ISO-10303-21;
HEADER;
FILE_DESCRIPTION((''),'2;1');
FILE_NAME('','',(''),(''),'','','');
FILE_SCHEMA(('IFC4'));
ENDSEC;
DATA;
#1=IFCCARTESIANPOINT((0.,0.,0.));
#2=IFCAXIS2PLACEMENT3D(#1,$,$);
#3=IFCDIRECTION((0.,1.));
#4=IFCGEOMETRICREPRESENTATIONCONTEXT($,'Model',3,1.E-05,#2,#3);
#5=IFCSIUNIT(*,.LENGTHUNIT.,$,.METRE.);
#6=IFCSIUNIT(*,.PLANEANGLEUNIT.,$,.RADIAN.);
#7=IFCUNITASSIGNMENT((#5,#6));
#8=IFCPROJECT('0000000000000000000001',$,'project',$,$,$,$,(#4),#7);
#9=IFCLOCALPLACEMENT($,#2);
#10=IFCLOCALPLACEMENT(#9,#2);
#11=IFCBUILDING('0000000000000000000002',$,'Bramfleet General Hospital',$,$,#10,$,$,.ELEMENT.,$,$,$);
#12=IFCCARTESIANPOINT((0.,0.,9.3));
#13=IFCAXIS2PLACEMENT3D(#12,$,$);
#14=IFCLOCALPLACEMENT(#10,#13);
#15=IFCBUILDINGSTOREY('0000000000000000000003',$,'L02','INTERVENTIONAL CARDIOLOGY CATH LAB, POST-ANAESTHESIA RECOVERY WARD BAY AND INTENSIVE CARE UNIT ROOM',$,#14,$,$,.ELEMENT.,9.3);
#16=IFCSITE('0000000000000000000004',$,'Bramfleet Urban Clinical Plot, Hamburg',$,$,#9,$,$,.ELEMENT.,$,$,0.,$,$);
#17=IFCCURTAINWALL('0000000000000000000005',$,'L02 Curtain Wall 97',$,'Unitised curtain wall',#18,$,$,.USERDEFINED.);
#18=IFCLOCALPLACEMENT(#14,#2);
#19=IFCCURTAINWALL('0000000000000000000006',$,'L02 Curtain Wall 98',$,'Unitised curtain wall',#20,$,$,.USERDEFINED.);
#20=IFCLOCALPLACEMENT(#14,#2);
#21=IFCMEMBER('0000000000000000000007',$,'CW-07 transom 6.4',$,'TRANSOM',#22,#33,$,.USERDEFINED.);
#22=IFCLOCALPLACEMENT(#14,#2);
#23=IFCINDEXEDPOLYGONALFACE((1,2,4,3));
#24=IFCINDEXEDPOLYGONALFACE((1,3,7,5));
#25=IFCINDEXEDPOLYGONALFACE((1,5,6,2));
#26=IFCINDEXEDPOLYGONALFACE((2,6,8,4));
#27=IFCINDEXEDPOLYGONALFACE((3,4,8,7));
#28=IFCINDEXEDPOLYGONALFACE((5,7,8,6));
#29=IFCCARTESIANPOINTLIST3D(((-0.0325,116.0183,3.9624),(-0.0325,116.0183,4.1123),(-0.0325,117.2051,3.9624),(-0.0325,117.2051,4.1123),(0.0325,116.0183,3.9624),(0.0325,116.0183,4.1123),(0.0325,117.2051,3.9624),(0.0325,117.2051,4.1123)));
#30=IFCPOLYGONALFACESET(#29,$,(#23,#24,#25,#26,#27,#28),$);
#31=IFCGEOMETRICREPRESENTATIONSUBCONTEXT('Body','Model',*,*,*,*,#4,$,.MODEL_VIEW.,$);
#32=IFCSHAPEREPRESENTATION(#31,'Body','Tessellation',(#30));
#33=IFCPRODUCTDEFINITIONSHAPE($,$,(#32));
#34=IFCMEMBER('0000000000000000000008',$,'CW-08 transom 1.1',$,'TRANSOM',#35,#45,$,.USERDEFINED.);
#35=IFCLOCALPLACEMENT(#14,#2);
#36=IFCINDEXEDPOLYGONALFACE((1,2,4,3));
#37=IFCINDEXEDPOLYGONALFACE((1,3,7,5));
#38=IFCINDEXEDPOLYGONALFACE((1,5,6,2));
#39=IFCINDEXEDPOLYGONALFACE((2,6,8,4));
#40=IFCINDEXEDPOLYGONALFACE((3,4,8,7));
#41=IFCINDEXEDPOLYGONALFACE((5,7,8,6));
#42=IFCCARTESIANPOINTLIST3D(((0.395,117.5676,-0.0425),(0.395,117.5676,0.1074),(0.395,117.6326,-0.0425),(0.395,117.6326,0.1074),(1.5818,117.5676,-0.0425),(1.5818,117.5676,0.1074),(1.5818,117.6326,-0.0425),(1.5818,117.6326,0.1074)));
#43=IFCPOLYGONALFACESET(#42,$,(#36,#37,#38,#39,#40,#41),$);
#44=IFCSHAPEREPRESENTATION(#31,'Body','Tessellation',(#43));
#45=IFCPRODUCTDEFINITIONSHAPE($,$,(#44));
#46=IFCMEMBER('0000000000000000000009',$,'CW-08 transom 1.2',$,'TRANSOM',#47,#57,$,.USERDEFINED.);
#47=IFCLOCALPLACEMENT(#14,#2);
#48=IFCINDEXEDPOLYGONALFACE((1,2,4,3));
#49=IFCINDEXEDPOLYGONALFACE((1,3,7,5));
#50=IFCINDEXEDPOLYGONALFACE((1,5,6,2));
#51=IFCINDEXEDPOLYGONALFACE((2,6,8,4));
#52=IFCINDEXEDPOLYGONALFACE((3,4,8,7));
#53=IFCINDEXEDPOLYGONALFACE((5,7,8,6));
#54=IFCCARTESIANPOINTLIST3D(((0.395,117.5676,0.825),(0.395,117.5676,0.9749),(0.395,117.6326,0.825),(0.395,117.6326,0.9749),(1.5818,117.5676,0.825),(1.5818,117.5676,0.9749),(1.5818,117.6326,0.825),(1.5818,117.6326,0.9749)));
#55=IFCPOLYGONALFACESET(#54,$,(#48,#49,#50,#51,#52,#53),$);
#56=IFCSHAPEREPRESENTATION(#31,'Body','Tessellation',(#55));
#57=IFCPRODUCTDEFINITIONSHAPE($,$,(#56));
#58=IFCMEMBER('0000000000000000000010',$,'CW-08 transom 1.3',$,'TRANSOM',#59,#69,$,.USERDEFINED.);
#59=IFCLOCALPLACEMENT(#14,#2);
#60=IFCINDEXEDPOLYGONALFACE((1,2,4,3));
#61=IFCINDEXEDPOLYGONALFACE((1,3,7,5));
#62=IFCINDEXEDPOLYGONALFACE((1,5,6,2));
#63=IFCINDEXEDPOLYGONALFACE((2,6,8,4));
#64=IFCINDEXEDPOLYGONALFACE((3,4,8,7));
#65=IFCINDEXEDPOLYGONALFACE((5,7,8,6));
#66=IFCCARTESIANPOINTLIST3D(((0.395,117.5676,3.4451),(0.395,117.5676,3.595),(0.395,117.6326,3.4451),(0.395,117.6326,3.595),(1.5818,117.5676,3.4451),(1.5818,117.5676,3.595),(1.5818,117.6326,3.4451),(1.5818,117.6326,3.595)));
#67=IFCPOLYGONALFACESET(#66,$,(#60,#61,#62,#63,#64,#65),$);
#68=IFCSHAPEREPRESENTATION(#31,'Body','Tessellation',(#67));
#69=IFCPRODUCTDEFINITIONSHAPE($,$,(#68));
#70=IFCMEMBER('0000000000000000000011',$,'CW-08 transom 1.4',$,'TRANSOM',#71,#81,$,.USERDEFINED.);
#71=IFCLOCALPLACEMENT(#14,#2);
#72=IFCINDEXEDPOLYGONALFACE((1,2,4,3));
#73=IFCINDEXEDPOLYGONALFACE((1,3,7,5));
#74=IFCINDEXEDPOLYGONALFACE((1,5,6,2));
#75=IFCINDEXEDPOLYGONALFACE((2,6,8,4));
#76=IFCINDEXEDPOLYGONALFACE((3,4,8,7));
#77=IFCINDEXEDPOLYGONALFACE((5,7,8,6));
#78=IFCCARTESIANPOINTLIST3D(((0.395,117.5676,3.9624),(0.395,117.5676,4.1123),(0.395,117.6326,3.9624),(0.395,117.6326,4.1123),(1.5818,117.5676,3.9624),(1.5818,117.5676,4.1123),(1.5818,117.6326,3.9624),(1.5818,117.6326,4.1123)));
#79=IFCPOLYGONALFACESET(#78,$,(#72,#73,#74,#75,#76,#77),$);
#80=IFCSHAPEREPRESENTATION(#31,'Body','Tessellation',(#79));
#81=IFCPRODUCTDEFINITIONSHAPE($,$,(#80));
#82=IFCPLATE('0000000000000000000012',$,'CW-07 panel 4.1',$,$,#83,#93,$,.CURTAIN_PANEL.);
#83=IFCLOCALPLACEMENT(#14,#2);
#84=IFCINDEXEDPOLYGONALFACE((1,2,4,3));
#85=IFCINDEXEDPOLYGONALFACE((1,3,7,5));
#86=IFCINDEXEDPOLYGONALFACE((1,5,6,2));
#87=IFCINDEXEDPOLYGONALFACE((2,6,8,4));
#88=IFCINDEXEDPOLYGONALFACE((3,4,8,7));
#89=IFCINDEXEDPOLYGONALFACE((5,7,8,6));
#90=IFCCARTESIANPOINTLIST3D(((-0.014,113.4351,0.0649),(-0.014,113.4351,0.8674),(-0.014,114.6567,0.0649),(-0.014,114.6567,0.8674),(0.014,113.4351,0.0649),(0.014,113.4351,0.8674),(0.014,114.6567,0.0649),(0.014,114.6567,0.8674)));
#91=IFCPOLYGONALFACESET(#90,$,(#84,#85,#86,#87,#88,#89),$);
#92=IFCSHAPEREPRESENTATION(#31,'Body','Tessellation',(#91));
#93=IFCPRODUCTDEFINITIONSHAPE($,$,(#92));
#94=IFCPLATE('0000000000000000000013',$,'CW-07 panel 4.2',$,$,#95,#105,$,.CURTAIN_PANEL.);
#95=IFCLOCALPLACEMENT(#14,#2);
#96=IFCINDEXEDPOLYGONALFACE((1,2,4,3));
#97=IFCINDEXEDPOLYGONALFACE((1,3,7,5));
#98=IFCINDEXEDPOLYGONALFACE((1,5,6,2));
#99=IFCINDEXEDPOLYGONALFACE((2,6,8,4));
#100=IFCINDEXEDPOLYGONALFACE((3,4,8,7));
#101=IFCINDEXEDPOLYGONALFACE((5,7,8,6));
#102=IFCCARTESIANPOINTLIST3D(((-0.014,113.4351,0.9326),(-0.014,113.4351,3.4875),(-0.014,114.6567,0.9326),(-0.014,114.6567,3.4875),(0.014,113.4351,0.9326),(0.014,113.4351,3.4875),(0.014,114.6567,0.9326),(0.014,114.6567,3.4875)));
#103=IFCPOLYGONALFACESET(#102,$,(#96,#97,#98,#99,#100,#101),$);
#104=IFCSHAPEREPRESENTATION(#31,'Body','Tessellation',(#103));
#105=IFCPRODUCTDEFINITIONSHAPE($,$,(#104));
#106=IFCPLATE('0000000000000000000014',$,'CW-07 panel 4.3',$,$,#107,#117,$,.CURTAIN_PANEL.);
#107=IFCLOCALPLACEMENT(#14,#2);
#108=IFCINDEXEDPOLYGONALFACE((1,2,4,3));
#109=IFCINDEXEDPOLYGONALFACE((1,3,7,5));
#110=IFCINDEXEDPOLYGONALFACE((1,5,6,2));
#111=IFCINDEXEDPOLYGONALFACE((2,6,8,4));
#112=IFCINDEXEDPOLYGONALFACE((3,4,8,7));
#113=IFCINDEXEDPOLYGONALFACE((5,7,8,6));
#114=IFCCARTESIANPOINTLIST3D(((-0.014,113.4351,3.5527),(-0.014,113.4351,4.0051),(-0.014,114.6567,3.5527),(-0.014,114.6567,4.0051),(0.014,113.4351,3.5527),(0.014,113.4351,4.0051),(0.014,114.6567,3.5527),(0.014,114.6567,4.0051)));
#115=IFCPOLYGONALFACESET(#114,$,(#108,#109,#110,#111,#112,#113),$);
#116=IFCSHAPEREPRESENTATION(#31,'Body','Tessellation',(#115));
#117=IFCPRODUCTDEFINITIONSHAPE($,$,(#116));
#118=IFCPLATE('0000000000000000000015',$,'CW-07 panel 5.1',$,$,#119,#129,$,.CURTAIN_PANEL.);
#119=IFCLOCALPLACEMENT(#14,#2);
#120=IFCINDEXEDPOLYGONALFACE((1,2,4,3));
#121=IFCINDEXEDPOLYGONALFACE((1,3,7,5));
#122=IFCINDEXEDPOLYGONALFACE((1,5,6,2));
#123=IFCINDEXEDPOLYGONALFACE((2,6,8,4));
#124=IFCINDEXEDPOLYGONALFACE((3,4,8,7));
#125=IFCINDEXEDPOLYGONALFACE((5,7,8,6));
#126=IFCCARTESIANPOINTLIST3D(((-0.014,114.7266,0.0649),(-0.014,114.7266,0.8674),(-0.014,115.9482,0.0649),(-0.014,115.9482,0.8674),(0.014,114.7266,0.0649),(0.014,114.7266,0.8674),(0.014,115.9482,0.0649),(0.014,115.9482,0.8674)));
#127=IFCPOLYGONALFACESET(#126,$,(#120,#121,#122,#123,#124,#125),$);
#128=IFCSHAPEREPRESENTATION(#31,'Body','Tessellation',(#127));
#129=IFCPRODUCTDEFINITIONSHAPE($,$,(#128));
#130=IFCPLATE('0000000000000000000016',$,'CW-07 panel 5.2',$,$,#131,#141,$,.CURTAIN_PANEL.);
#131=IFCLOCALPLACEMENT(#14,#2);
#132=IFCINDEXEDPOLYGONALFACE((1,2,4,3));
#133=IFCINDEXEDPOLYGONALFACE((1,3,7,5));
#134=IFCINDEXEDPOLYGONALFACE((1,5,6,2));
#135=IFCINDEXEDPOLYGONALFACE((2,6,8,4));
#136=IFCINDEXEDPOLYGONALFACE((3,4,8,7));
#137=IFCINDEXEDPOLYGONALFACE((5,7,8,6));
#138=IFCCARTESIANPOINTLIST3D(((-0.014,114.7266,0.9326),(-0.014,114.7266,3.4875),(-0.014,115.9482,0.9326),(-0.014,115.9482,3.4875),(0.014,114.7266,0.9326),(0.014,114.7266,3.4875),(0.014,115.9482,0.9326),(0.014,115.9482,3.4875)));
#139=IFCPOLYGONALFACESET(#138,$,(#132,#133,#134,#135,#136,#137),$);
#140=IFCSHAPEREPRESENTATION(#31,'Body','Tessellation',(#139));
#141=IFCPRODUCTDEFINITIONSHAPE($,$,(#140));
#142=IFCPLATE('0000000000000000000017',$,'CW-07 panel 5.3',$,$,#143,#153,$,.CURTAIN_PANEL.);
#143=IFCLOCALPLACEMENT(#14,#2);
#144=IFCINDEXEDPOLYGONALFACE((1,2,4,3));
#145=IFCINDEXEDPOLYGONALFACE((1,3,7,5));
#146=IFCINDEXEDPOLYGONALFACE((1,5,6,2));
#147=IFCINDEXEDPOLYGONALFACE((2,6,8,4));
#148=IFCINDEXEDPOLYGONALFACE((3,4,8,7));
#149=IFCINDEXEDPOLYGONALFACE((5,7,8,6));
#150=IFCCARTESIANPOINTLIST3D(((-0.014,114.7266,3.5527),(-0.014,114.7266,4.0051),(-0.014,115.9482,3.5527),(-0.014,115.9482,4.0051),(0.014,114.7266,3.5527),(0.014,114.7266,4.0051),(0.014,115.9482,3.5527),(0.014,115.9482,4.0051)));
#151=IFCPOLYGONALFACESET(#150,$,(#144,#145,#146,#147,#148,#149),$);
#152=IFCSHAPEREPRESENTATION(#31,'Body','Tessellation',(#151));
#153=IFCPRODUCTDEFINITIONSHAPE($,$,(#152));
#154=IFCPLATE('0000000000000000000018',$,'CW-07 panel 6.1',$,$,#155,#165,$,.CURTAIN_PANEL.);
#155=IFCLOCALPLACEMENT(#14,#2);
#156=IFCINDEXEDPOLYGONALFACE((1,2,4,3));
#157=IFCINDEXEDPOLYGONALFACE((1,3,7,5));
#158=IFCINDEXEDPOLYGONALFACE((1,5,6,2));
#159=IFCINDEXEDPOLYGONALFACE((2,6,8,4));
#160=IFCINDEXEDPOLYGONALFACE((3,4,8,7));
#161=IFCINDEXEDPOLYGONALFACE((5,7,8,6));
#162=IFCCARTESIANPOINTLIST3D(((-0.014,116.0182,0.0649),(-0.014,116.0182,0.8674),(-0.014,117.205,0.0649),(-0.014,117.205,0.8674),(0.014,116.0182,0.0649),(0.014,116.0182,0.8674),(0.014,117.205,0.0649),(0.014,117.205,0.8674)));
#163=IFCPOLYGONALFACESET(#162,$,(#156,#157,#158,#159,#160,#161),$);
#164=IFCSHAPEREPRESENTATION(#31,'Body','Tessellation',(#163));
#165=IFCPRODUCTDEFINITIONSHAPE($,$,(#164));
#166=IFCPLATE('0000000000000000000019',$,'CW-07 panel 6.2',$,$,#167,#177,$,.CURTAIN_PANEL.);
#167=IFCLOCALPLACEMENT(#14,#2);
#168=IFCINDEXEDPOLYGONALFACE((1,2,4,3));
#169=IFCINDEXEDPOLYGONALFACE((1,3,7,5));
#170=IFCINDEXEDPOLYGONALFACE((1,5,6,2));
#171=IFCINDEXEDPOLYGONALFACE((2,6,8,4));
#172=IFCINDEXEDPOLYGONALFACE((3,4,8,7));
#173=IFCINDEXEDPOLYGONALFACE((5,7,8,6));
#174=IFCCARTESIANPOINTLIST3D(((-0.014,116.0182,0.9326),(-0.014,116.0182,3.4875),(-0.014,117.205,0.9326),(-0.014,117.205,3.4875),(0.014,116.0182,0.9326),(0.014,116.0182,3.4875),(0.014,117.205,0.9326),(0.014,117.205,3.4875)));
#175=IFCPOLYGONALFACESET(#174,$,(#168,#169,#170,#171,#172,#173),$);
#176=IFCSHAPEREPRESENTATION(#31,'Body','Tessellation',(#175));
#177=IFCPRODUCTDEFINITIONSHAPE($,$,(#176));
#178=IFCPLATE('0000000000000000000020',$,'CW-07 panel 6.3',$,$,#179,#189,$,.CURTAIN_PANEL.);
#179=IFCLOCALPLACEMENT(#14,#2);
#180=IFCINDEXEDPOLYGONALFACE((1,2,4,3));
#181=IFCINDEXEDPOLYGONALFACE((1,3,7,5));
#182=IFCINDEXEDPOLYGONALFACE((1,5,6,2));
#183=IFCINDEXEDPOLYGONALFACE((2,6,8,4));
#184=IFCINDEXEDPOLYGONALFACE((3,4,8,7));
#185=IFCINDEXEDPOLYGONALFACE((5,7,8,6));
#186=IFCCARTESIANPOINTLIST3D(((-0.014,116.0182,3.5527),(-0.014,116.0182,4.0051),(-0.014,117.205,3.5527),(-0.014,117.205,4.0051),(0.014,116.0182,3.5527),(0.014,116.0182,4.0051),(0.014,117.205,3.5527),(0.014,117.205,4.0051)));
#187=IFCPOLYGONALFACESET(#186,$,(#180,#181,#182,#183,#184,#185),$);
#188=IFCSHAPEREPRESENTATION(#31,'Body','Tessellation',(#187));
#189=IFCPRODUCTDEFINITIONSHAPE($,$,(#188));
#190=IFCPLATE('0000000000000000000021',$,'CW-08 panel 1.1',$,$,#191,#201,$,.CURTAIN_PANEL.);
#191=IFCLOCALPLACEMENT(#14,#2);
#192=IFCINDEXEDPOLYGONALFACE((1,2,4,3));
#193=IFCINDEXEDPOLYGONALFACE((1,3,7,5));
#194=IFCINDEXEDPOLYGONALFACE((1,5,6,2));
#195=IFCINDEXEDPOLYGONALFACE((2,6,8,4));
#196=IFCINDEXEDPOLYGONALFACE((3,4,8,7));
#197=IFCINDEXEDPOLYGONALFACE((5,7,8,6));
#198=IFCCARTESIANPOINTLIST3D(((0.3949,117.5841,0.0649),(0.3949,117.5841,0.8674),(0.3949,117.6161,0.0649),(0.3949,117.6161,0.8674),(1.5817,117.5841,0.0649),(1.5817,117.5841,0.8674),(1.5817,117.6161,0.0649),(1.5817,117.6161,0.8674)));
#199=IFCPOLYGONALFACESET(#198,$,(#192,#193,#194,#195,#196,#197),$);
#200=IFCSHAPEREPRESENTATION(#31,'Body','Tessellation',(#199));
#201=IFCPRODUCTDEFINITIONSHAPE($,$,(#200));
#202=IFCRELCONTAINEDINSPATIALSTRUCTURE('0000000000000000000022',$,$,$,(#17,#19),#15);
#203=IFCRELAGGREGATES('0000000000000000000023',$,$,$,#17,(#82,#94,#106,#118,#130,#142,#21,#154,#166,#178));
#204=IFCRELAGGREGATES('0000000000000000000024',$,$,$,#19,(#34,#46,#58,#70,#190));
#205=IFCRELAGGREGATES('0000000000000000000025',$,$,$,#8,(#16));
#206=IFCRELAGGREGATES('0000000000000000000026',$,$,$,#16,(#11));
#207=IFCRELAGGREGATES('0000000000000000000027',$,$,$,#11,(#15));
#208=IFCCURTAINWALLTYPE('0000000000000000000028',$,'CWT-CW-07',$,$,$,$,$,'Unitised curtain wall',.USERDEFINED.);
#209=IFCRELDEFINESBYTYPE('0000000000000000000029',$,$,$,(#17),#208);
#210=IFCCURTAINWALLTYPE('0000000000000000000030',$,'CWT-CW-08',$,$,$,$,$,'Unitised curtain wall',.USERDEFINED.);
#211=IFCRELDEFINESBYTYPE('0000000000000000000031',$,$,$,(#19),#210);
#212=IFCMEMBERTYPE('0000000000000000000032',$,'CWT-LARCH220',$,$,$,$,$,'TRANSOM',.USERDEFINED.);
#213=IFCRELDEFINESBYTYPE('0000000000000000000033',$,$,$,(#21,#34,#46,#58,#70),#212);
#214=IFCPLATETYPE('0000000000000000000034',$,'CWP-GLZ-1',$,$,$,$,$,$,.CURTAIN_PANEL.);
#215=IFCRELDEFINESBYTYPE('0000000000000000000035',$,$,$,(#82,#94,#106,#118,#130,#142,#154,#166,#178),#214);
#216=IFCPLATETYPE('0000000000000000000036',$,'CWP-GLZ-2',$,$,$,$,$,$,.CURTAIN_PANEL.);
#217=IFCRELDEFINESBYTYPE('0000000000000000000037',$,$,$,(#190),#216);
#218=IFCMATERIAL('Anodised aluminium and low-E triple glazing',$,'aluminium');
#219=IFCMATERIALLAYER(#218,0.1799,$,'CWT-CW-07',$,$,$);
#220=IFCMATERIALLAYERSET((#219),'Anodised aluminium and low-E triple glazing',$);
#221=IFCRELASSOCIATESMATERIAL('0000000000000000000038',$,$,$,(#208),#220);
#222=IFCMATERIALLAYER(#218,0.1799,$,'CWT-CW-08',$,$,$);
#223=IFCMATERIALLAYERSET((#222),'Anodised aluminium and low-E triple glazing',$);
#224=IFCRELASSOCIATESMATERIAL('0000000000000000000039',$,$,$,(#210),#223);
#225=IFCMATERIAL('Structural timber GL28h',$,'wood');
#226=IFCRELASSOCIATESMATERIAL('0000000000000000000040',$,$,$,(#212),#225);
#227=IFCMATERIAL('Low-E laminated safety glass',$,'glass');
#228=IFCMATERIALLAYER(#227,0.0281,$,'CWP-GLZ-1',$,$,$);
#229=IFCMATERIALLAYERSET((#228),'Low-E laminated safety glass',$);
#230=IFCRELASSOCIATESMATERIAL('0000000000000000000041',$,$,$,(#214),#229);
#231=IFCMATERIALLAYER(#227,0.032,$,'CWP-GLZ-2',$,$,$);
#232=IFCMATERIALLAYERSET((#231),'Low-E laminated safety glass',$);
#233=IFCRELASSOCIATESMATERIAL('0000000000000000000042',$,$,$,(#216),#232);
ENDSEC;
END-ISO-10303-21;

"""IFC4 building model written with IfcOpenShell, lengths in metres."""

from ifc_helpers import new_model, si_unit, direction, frame, origin, origin_2d, place, context, subcontext, project, spatial, rectangle, extrude, material, layer, layer_set, material_profile, profile_set, type_object, element, aggregate, save


model = new_model("IFC4")

# Units and contexts
model_context = context("Model", 3, precision=1e-05, world=origin(), true_north=direction((0.0, 1.0)))
body_context = subcontext(model_context, "Body", "Model", "MODEL_VIEW")
ifc_project = project(units=[si_unit("LENGTHUNIT", "METRE"), si_unit("PLANEANGLEUNIT", "RADIAN")], contexts=[model_context])

# Site, building, storey
site_placement = place(None, origin())
site = spatial("IfcSite", under=ifc_project, at=site_placement, Name="Bramfleet Urban Clinical Plot, Hamburg", CompositionType="ELEMENT", RefElevation=0.0)
building_placement = place(site_placement, origin())
building = spatial("IfcBuilding", under=site, at=building_placement, Name="Bramfleet General Hospital", CompositionType="ELEMENT")
storey_placement = place(building_placement, frame((0.0, 0.0, 9.3)))
storey = spatial("IfcBuildingStorey", under=building, at=storey_placement, Name="L02", Description="INTERVENTIONAL CARDIOLOGY CATH LAB, POST-ANAESTHESIA RECOVERY WARD BAY AND INTENSIVE CARE UNIT ROOM", CompositionType="ELEMENT", Elevation=9.3)

# Curtain wall
ifc_material_1 = material(Name="Anodised aluminium and low-E triple glazing", Category="aluminium")
ifc_layer_1 = layer(ifc_material_1, 0.1799, Name="CWT-CW-07")
ifc_layer_set_1 = layer_set([ifc_layer_1], Name="Anodised aluminium and low-E triple glazing")
curtain_wall_type_1 = type_object("IfcCurtainWallType", Name="CWT-CW-07", ElementType="Unitised curtain wall", PredefinedType="USERDEFINED", material=ifc_layer_set_1)
curtain_wall_1_placement = place(storey_placement, origin())
curtain_wall_1 = element("IfcCurtainWall", 1, at=curtain_wall_1_placement, inside=storey, type_object=curtain_wall_type_1, Name="L02 Curtain Wall 97", ObjectType="Unitised curtain wall", PredefinedType="USERDEFINED")
ifc_material_2 = material(Name="Structural timber GL28h", Category="wood")

# Curtain wall
ifc_layer_2 = layer(ifc_material_1, 0.1799, Name="CWT-CW-08")
ifc_layer_set_2 = layer_set([ifc_layer_2], Name="Anodised aluminium and low-E triple glazing")
curtain_wall_type_2 = type_object("IfcCurtainWallType", Name="CWT-CW-08", ElementType="Unitised curtain wall", PredefinedType="USERDEFINED", material=ifc_layer_set_2)
curtain_wall_2_placement = place(storey_placement, origin())
curtain_wall_2 = element("IfcCurtainWall", 2, at=curtain_wall_2_placement, inside=storey, type_object=curtain_wall_type_2, Name="L02 Curtain Wall 98", ObjectType="Unitised curtain wall", PredefinedType="USERDEFINED")

# Members
ifc_material_profile_1 = material_profile(ifc_material_2, rectangle(XDim=0.0649, YDim=0.1499, at=origin_2d()), Name="LARCH 150x65")
ifc_profile_set_1 = profile_set([ifc_material_profile_1], Name="Structural timber GL28h")
member_type_1 = type_object("IfcMemberType", Name="CWT-LARCH220", ElementType="TRANSOM", PredefinedType="USERDEFINED", material=ifc_profile_set_1)
member_1_placement = place(storey_placement, frame((0.0, 116.0183, 4.0374), z_axis=(0.0, 1.0, 0.0), x_axis=(-1.0, 0.0, 0.0)))
member_1 = element("IfcMember", 3, at=member_1_placement, type_object=member_type_1, Name="CW-07 transom 6.4", ObjectType="TRANSOM", PredefinedType="USERDEFINED", context=body_context, shape_type="SweptSolid", body=[
    extrude(rectangle(XDim=0.0649, YDim=0.1499, at=origin_2d()), origin(), (0.0, 0.0, 1.0), 1.1868),
])
member_2_placement = place(storey_placement, frame((0.395, 117.6001, 0.0325), z_axis=(1.0, 0.0, 0.0), x_axis=(0.0, 1.0, 0.0)))
member_2 = element("IfcMember", 4, at=member_2_placement, type_object=member_type_1, Name="CW-08 transom 1.1", ObjectType="TRANSOM", PredefinedType="USERDEFINED", context=body_context, shape_type="SweptSolid", body=[
    extrude(rectangle(XDim=0.0649, YDim=0.1499, at=origin_2d()), origin(), (0.0, 0.0, 1.0), 1.1868),
])
member_3_placement = place(storey_placement, frame((0.395, 117.6001, 0.8999), z_axis=(1.0, 0.0, 0.0), x_axis=(0.0, 1.0, 0.0)))
member_3 = element("IfcMember", 5, at=member_3_placement, type_object=member_type_1, Name="CW-08 transom 1.2", ObjectType="TRANSOM", PredefinedType="USERDEFINED", context=body_context, shape_type="SweptSolid", body=[
    extrude(rectangle(XDim=0.0649, YDim=0.1499, at=origin_2d()), origin(), (0.0, 0.0, 1.0), 1.1868),
])
member_4_placement = place(storey_placement, frame((0.395, 117.6001, 3.52), z_axis=(1.0, 0.0, 0.0), x_axis=(0.0, 1.0, 0.0)))
member_4 = element("IfcMember", 6, at=member_4_placement, type_object=member_type_1, Name="CW-08 transom 1.3", ObjectType="TRANSOM", PredefinedType="USERDEFINED", context=body_context, shape_type="SweptSolid", body=[
    extrude(rectangle(XDim=0.0649, YDim=0.1499, at=origin_2d()), origin(), (0.0, 0.0, 1.0), 1.1868),
])
member_5_placement = place(storey_placement, frame((0.395, 117.6001, 4.0374), z_axis=(1.0, 0.0, 0.0), x_axis=(0.0, 1.0, 0.0)))
member_5 = element("IfcMember", 7, at=member_5_placement, type_object=member_type_1, Name="CW-08 transom 1.4", ObjectType="TRANSOM", PredefinedType="USERDEFINED", context=body_context, shape_type="SweptSolid", body=[
    extrude(rectangle(XDim=0.0649, YDim=0.1499, at=origin_2d()), origin(), (0.0, 0.0, 1.0), 1.1868),
])

# Plates
ifc_material_3 = material(Name="Low-E laminated safety glass", Category="glass")
ifc_layer_3 = layer(ifc_material_3, 0.0281, Name="CWP-GLZ-1")
ifc_layer_set_3 = layer_set([ifc_layer_3], Name="Low-E laminated safety glass")
plate_type_1 = type_object("IfcPlateType", Name="CWP-GLZ-1", PredefinedType="CURTAIN_PANEL", material=ifc_layer_set_3)
plate_1_placement = place(storey_placement, frame((0.0, 114.0459, 0.0649), z_axis=(0.0, 0.0, 1.0), x_axis=(0.0, 1.0, 0.0)))
plate_1 = element("IfcPlate", 8, at=plate_1_placement, type_object=plate_type_1, Name="CW-07 panel 4.1", PredefinedType="CURTAIN_PANEL", context=body_context, shape_type="SweptSolid", body=[
    extrude(rectangle(XDim=1.2217, YDim=0.0281, at=origin_2d()), origin(), (0.0, 0.0, 1.0), 0.8025),
])
plate_2_placement = place(storey_placement, frame((0.0, 114.0459, 0.9326), z_axis=(0.0, 0.0, 1.0), x_axis=(0.0, 1.0, 0.0)))
plate_2 = element("IfcPlate", 9, at=plate_2_placement, type_object=plate_type_1, Name="CW-07 panel 4.2", PredefinedType="CURTAIN_PANEL", context=body_context, shape_type="SweptSolid", body=[
    extrude(rectangle(XDim=1.2217, YDim=0.0281, at=origin_2d()), origin(), (0.0, 0.0, 1.0), 2.5549),
])
plate_3_placement = place(storey_placement, frame((0.0, 114.0459, 3.5527), z_axis=(0.0, 0.0, 1.0), x_axis=(0.0, 1.0, 0.0)))
plate_3 = element("IfcPlate", 10, at=plate_3_placement, type_object=plate_type_1, Name="CW-07 panel 4.3", PredefinedType="CURTAIN_PANEL", context=body_context, shape_type="SweptSolid", body=[
    extrude(rectangle(XDim=1.2217, YDim=0.0281, at=origin_2d()), origin(), (0.0, 0.0, 1.0), 0.4524),
])
plate_4_placement = place(storey_placement, frame((0.0, 115.3374, 0.0649), z_axis=(0.0, 0.0, 1.0), x_axis=(0.0, 1.0, 0.0)))
plate_4 = element("IfcPlate", 11, at=plate_4_placement, type_object=plate_type_1, Name="CW-07 panel 5.1", PredefinedType="CURTAIN_PANEL", context=body_context, shape_type="SweptSolid", body=[
    extrude(rectangle(XDim=1.2217, YDim=0.0281, at=origin_2d()), origin(), (0.0, 0.0, 1.0), 0.8025),
])
plate_5_placement = place(storey_placement, frame((0.0, 115.3374, 0.9326), z_axis=(0.0, 0.0, 1.0), x_axis=(0.0, 1.0, 0.0)))
plate_5 = element("IfcPlate", 12, at=plate_5_placement, type_object=plate_type_1, Name="CW-07 panel 5.2", PredefinedType="CURTAIN_PANEL", context=body_context, shape_type="SweptSolid", body=[
    extrude(rectangle(XDim=1.2217, YDim=0.0281, at=origin_2d()), origin(), (0.0, 0.0, 1.0), 2.5549),
])
plate_6_placement = place(storey_placement, frame((0.0, 115.3374, 3.5527), z_axis=(0.0, 0.0, 1.0), x_axis=(0.0, 1.0, 0.0)))
plate_6 = element("IfcPlate", 13, at=plate_6_placement, type_object=plate_type_1, Name="CW-07 panel 5.3", PredefinedType="CURTAIN_PANEL", context=body_context, shape_type="SweptSolid", body=[
    extrude(rectangle(XDim=1.2217, YDim=0.0281, at=origin_2d()), origin(), (0.0, 0.0, 1.0), 0.4524),
])
plate_7_placement = place(storey_placement, frame((0.0, 116.6116, 0.0649), z_axis=(0.0, 0.0, 1.0), x_axis=(0.0, 1.0, 0.0)))
plate_7 = element("IfcPlate", 14, at=plate_7_placement, type_object=plate_type_1, Name="CW-07 panel 6.1", PredefinedType="CURTAIN_PANEL", context=body_context, shape_type="SweptSolid", body=[
    extrude(rectangle(XDim=1.1868, YDim=0.0281, at=origin_2d()), origin(), (0.0, 0.0, 1.0), 0.8025),
])
plate_8_placement = place(storey_placement, frame((0.0, 116.6116, 0.9326), z_axis=(0.0, 0.0, 1.0), x_axis=(0.0, 1.0, 0.0)))
plate_8 = element("IfcPlate", 15, at=plate_8_placement, type_object=plate_type_1, Name="CW-07 panel 6.2", PredefinedType="CURTAIN_PANEL", context=body_context, shape_type="SweptSolid", body=[
    extrude(rectangle(XDim=1.1868, YDim=0.0281, at=origin_2d()), origin(), (0.0, 0.0, 1.0), 2.5549),
])
plate_9_placement = place(storey_placement, frame((0.0, 116.6116, 3.5527), z_axis=(0.0, 0.0, 1.0), x_axis=(0.0, 1.0, 0.0)))
plate_9 = element("IfcPlate", 16, at=plate_9_placement, type_object=plate_type_1, Name="CW-07 panel 6.3", PredefinedType="CURTAIN_PANEL", context=body_context, shape_type="SweptSolid", body=[
    extrude(rectangle(XDim=1.1868, YDim=0.0281, at=origin_2d()), origin(), (0.0, 0.0, 1.0), 0.4524),
])
aggregate(curtain_wall_1, [plate_1, plate_2, plate_3, plate_4, plate_5, plate_6, member_1, plate_7, plate_8, plate_9])
ifc_layer_4 = layer(ifc_material_3, 0.032, Name="CWP-GLZ-2")
ifc_layer_set_4 = layer_set([ifc_layer_4], Name="Low-E laminated safety glass")
plate_type_2 = type_object("IfcPlateType", Name="CWP-GLZ-2", PredefinedType="CURTAIN_PANEL", material=ifc_layer_set_4)
plate_10_placement = place(storey_placement, frame((0.9883, 117.6001, 0.0649), z_axis=(0.0, 0.0, 1.0), x_axis=(1.0, 0.0, 0.0)))
plate_10 = element("IfcPlate", 17, at=plate_10_placement, type_object=plate_type_2, Name="CW-08 panel 1.1", PredefinedType="CURTAIN_PANEL", context=body_context, shape_type="SweptSolid", body=[
    extrude(rectangle(XDim=1.1868, YDim=0.032, at=origin_2d()), origin(), (0.0, 0.0, 1.0), 0.8025),
])
aggregate(curtain_wall_2, [member_2, member_3, member_4, member_5, plate_10])

save(model, "model.ifc")
